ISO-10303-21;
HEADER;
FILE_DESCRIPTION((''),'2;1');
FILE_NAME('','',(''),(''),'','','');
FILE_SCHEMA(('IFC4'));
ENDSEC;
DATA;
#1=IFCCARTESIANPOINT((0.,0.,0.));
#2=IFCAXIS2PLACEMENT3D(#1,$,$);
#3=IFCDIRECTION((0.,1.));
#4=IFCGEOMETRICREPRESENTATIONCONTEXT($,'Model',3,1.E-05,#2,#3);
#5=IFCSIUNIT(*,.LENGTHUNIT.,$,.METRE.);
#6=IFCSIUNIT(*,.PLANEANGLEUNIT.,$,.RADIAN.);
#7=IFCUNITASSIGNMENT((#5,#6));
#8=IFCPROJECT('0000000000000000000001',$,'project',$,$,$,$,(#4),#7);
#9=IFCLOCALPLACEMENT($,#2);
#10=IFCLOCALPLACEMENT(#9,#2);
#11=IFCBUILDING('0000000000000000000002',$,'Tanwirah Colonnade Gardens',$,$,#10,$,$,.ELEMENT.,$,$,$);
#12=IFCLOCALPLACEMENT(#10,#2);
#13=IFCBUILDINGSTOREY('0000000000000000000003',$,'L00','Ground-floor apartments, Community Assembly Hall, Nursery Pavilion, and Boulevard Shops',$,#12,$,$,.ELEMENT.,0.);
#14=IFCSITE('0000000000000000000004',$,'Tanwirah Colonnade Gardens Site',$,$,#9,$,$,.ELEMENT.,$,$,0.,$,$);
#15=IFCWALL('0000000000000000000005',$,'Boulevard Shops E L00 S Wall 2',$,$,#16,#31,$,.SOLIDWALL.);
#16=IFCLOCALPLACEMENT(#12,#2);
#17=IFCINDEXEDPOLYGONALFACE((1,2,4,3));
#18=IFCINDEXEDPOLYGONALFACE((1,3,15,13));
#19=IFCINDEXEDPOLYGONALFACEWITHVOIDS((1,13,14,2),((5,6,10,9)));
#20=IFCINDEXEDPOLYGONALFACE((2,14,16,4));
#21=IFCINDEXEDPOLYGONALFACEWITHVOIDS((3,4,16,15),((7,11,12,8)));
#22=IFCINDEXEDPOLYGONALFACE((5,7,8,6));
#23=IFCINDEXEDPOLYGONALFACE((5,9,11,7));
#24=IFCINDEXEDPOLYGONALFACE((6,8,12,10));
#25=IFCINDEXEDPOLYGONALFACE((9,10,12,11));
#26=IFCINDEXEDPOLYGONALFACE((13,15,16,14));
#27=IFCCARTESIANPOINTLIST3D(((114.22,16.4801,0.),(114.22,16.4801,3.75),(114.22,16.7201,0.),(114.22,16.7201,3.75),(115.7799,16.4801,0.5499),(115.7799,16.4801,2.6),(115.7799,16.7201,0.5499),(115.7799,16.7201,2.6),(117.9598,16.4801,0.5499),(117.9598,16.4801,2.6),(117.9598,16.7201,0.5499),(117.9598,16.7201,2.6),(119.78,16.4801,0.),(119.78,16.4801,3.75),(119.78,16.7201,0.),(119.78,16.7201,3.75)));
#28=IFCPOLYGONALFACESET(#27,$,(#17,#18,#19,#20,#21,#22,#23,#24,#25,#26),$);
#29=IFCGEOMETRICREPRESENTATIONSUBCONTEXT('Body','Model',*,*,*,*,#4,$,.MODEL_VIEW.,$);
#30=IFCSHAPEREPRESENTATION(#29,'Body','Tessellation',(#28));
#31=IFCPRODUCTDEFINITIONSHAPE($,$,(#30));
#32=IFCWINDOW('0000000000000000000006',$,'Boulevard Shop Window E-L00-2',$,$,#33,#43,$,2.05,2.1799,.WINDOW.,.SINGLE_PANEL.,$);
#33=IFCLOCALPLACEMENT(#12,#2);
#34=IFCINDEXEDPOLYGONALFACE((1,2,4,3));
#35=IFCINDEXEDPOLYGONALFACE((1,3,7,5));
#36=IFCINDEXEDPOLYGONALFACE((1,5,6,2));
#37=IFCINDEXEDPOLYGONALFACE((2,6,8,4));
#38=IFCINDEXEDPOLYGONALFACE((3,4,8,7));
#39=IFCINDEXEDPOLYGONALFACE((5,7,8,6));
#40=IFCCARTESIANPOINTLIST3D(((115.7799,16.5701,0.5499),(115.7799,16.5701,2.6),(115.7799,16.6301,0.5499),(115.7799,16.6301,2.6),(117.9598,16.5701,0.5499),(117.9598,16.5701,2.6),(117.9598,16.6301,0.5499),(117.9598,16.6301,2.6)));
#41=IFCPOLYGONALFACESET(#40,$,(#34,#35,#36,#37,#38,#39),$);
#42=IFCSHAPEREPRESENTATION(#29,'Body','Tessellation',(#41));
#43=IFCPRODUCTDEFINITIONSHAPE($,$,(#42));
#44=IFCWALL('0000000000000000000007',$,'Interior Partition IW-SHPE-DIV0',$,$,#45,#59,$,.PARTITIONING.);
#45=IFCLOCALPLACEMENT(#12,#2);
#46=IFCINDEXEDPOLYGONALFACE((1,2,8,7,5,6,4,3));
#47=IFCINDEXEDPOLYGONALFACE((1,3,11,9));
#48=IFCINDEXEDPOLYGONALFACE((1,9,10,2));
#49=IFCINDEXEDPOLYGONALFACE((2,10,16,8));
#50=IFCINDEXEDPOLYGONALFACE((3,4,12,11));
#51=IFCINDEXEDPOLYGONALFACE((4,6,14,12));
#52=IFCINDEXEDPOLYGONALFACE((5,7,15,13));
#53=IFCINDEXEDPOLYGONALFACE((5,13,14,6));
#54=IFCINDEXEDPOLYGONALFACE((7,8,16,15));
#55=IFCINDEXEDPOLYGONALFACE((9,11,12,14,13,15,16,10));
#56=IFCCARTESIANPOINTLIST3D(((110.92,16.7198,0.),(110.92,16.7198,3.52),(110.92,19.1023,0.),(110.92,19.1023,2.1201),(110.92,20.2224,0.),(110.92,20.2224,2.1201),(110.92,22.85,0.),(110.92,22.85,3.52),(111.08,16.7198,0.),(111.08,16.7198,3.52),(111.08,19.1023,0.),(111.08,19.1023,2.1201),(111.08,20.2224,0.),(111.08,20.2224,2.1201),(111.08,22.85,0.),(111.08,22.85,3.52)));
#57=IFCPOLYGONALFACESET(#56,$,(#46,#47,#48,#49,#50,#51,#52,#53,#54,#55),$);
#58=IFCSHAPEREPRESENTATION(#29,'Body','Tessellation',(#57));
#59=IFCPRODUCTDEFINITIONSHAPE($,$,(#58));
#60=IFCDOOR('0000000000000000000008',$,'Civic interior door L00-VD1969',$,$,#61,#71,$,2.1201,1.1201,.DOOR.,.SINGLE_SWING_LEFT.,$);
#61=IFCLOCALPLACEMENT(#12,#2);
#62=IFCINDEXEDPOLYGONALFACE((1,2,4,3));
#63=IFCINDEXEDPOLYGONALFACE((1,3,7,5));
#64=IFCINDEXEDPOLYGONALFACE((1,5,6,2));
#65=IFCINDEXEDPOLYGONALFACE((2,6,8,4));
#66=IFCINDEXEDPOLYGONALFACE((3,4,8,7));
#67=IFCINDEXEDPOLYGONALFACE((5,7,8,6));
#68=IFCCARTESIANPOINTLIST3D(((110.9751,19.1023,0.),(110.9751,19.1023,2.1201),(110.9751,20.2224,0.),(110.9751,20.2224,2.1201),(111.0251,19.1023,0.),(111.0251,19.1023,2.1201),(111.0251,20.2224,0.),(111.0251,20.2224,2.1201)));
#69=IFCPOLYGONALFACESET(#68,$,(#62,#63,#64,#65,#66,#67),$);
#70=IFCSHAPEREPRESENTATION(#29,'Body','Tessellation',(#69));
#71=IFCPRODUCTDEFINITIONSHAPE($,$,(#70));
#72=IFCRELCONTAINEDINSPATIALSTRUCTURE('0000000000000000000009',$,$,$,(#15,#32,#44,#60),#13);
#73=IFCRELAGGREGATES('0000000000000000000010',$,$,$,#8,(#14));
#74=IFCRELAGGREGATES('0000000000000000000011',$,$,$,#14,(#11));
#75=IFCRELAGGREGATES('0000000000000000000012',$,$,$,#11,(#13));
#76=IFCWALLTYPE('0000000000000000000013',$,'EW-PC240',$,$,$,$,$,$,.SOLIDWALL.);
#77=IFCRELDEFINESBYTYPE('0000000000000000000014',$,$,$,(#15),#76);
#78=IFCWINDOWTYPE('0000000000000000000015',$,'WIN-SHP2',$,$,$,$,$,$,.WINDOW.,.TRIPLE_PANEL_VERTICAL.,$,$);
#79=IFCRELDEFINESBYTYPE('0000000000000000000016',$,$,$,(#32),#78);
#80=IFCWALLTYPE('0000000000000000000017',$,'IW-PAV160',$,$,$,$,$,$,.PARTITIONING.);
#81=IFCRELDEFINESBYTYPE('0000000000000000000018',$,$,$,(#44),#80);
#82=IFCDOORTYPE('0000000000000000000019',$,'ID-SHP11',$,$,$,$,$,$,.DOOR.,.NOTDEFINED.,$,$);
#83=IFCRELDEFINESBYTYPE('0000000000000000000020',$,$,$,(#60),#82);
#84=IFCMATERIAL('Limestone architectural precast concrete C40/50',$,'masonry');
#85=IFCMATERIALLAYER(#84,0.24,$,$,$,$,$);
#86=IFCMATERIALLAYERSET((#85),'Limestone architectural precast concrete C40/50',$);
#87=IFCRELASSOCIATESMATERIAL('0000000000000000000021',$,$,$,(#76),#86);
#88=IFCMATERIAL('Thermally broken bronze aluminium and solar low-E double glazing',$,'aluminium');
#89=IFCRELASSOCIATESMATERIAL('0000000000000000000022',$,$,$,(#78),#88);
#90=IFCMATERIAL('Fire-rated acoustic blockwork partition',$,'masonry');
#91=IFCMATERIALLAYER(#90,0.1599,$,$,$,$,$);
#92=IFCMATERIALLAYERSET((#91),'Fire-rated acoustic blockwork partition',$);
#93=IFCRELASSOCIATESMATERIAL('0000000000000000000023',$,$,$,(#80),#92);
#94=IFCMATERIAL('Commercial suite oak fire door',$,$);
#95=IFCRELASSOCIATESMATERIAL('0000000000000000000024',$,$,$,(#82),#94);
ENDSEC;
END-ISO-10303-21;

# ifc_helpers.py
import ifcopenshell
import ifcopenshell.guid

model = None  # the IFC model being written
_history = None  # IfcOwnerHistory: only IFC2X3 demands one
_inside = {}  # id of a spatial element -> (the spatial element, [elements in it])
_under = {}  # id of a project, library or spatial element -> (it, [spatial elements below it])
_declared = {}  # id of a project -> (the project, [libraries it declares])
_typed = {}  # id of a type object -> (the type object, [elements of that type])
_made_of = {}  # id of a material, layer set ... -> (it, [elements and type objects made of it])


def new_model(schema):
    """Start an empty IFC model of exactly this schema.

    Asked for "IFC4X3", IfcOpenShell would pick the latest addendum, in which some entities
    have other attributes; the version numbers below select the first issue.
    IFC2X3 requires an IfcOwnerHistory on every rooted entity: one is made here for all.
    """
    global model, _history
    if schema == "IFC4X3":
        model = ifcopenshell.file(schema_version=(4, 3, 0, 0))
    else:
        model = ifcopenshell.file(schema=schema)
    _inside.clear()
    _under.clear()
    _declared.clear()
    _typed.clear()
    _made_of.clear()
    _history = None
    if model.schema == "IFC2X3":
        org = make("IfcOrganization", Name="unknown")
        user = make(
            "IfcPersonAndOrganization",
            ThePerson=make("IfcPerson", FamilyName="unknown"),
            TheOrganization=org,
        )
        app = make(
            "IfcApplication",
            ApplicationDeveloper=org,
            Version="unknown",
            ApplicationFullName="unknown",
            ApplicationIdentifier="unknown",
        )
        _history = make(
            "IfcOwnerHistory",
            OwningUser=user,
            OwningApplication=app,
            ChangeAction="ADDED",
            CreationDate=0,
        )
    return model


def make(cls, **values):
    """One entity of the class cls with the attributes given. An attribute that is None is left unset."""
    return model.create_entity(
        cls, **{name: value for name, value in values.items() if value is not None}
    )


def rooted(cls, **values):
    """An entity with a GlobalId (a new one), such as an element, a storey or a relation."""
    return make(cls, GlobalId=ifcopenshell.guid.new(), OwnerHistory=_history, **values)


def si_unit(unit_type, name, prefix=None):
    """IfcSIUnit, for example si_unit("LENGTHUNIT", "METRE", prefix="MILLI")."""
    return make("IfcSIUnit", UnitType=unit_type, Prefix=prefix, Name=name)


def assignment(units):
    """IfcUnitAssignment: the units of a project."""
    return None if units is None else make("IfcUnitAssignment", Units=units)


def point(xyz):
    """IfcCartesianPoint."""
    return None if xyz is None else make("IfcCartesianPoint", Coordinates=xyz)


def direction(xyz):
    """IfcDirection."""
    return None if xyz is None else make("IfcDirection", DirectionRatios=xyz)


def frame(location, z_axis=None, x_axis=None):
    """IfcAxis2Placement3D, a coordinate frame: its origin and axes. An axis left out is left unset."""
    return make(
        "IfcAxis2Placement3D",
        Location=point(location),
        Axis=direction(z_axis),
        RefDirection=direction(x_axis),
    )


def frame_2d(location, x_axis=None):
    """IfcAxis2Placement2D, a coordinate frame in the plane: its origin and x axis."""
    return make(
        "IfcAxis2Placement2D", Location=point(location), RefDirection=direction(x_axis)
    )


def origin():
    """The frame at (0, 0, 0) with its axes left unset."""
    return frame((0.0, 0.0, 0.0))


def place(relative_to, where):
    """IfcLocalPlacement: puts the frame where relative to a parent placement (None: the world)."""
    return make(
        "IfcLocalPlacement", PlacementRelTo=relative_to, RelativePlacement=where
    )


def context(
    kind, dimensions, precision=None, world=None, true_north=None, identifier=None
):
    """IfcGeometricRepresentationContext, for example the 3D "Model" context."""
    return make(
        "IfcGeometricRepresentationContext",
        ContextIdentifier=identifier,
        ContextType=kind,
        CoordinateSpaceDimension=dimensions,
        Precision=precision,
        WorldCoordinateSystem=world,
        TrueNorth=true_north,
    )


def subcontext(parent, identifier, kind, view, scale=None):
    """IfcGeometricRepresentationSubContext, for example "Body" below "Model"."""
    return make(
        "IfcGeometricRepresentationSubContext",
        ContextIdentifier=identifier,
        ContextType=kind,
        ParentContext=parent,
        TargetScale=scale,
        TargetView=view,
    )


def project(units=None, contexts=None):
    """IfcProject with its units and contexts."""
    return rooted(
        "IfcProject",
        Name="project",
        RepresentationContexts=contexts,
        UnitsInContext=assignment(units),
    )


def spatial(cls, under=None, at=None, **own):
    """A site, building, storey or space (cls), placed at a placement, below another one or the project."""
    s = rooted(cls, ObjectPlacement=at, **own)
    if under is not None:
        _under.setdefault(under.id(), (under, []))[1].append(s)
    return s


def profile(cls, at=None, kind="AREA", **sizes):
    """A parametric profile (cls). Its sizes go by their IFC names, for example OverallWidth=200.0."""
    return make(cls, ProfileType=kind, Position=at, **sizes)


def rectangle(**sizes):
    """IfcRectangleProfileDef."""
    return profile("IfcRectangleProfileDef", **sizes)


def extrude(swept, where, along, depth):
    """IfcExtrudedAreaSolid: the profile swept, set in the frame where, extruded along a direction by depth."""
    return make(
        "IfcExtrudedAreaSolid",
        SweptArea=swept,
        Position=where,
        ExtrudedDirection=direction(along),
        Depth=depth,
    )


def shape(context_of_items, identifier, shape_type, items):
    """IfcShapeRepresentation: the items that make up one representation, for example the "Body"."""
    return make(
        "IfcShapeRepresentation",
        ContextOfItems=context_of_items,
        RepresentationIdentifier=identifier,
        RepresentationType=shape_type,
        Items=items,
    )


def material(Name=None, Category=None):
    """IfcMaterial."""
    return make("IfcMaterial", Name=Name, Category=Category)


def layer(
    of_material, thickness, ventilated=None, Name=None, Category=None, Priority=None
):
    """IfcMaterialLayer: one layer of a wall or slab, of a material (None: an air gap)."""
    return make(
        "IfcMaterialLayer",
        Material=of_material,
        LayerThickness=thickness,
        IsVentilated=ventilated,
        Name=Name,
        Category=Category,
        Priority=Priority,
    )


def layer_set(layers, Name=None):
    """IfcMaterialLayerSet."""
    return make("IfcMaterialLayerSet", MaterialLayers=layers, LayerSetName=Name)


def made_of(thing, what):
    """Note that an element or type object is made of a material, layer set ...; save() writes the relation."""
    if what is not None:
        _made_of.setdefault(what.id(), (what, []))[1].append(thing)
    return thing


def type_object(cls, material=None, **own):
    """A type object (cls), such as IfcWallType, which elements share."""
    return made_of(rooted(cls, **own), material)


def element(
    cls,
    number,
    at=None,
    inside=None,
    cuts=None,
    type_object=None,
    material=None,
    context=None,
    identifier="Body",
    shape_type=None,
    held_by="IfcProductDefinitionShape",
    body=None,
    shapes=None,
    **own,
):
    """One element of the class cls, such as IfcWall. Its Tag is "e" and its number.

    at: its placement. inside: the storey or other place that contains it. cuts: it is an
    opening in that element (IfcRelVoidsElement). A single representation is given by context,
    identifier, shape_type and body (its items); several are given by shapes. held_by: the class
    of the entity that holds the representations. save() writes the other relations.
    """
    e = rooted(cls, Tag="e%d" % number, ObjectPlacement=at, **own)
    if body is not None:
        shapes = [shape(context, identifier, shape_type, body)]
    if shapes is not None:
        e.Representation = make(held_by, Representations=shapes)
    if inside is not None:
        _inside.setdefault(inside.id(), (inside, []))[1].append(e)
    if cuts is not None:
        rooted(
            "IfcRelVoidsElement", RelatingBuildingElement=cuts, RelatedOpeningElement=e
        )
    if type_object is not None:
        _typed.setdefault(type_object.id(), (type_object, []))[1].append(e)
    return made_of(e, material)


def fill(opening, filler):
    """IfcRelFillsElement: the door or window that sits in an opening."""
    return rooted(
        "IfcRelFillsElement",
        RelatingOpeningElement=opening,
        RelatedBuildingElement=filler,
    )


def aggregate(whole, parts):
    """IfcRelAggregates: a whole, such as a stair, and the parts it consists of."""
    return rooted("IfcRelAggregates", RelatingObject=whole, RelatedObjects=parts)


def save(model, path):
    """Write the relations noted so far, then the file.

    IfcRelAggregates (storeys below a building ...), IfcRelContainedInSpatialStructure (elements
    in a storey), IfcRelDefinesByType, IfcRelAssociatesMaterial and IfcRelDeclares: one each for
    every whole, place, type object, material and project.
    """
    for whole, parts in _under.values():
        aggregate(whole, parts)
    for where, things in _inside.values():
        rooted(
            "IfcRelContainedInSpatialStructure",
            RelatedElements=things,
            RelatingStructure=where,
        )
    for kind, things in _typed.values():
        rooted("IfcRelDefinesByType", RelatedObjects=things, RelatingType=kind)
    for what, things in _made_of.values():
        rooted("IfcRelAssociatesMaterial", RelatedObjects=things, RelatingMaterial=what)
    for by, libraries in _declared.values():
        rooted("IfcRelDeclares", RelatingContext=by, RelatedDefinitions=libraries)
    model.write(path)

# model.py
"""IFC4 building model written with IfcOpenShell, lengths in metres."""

from ifc_helpers import new_model, si_unit, direction, frame, frame_2d, origin, place, context, subcontext, project, spatial, rectangle, extrude, material, layer, layer_set, type_object, element, fill, save


model = new_model("IFC4")

# Units and contexts
model_context = context("Model", 3, precision=1e-05, world=origin(), true_north=direction((0.0, 1.0)))
body_context = subcontext(model_context, "Body", "Model", "MODEL_VIEW")
ifc_project = project(units=[si_unit("LENGTHUNIT", "METRE"), si_unit("PLANEANGLEUNIT", "RADIAN")], contexts=[model_context])

# Site, building, storey
site_placement = place(None, origin())
site = spatial("IfcSite", under=ifc_project, at=site_placement, Name="Tanwirah Colonnade Gardens Site", CompositionType="ELEMENT", RefElevation=0.0)
building_placement = place(site_placement, origin())
building = spatial("IfcBuilding", under=site, at=building_placement, Name="Tanwirah Colonnade Gardens", CompositionType="ELEMENT")
storey_placement = place(building_placement, origin())
storey = spatial("IfcBuildingStorey", under=building, at=storey_placement, Name="L00", Description="Ground-floor apartments, Community Assembly Hall, Nursery Pavilion, and Boulevard Shops", CompositionType="ELEMENT", Elevation=0.0)

# Wall, opening, window
ifc_material_1 = material(Name="Limestone architectural precast concrete C40/50", Category="masonry")
ifc_layer_1 = layer(ifc_material_1, 0.24)
ifc_layer_set_1 = layer_set([ifc_layer_1], Name="Limestone architectural precast concrete C40/50")
wall_type_1 = type_object("IfcWallType", Name="EW-PC240", PredefinedType="SOLIDWALL", material=ifc_layer_set_1)
wall_1_placement = place(storey_placement, frame((114.22, 16.6001, 0.0), z_axis=(0.0, 0.0, 1.0), x_axis=(1.0, 0.0, 0.0)))
wall_1 = element("IfcWall", 1, at=wall_1_placement, inside=storey, type_object=wall_type_1, Name="Boulevard Shops E L00 S Wall 2", PredefinedType="SOLIDWALL", context=body_context, shape_type="SweptSolid", body=[
    extrude(rectangle(XDim=5.5601, YDim=0.24, at=frame_2d((2.78, 0.0))), origin(), (0.0, 0.0, 1.0), 3.75),
])
opening_1_placement = place(wall_1_placement, frame((1.5601, 0.0, 0.55)))
opening_1 = element("IfcOpeningElement", 2, at=opening_1_placement, cuts=wall_1, PredefinedType="OPENING", context=body_context, shape_type="SweptSolid", body=[
    extrude(rectangle(XDim=2.1799, YDim=2.05, at=frame_2d((1.0898, 1.0249))), frame((0.0, 0.1299, 0.0), z_axis=(0.0, -1.0, 0.0), x_axis=(1.0, 0.0, 0.0)), (0.0, 0.0, 1.0), 0.26),
])
ifc_material_2 = material(Name="Thermally broken bronze aluminium and solar low-E double glazing", Category="aluminium")
window_type = type_object("IfcWindowType", Name="WIN-SHP2", PartitioningType="TRIPLE_PANEL_VERTICAL", PredefinedType="WINDOW", material=ifc_material_2)
window_placement = place(opening_1_placement, origin())
window = element("IfcWindow", 3, at=window_placement, inside=storey, type_object=window_type, Name="Boulevard Shop Window E-L00-2", OverallHeight=2.05, OverallWidth=2.1799, PartitioningType="SINGLE_PANEL", PredefinedType="WINDOW", context=body_context, shape_type="SweptSolid", body=[
    extrude(rectangle(XDim=2.1799, YDim=2.05, at=frame_2d((1.0898, 1.0249))), frame((0.0, 0.03, 0.0), z_axis=(0.0, -1.0, 0.0), x_axis=(1.0, 0.0, 0.0)), (0.0, 0.0, 1.0), 0.0601),
])
fill(opening_1, window)

# Wall, opening, door
ifc_material_3 = material(Name="Fire-rated acoustic blockwork partition", Category="masonry")
ifc_layer_2 = layer(ifc_material_3, 0.1599)
ifc_layer_set_2 = layer_set([ifc_layer_2], Name="Fire-rated acoustic blockwork partition")
wall_type_2 = type_object("IfcWallType", Name="IW-PAV160", PredefinedType="PARTITIONING", material=ifc_layer_set_2)
wall_2_placement = place(storey_placement, frame((111.0, 16.72, 0.0), z_axis=(0.0, 0.0, 1.0), x_axis=(0.0, 1.0, 0.0)))
wall_2 = element("IfcWall", 4, at=wall_2_placement, inside=storey, type_object=wall_type_2, Name="Interior Partition IW-SHPE-DIV0", PredefinedType="PARTITIONING", context=body_context, shape_type="SweptSolid", body=[
    extrude(rectangle(XDim=6.1301, YDim=0.1599, at=frame_2d((3.0649, 0.0))), origin(), (0.0, 0.0, 1.0), 3.52),
])
opening_2_placement = place(wall_2_placement, frame((2.3823, 0.0, 0.0)))
opening_2 = element("IfcOpeningElement", 5, at=opening_2_placement, cuts=wall_2, PredefinedType="OPENING", context=body_context, shape_type="SweptSolid", body=[
    extrude(rectangle(XDim=1.1201, YDim=2.1201, at=frame_2d((0.5601, 1.0601))), frame((0.0, 0.0898, 0.0), z_axis=(0.0, -1.0, 0.0), x_axis=(1.0, 0.0, 0.0)), (0.0, 0.0, 1.0), 0.1799),
])
ifc_material_4 = material(Name="Commercial suite oak fire door")
door_type = type_object("IfcDoorType", Name="ID-SHP11", OperationType="NOTDEFINED", PredefinedType="DOOR", material=ifc_material_4)
door_placement = place(opening_2_placement, origin())
door = element("IfcDoor", 6, at=door_placement, inside=storey, type_object=door_type, Name="Civic interior door L00-VD1969", OperationType="SINGLE_SWING_LEFT", OverallHeight=2.1201, OverallWidth=1.1201, PredefinedType="DOOR", context=body_context, shape_type="SweptSolid", body=[
    extrude(rectangle(XDim=1.1201, YDim=2.1201, at=frame_2d((0.5601, 1.0601))), frame((0.0, 0.0249, 0.0), z_axis=(0.0, -1.0, 0.0), x_axis=(1.0, 0.0, 0.0)), (0.0, 0.0, 1.0), 0.05),
])
fill(opening_2, door)

save(model, "model.ifc")
